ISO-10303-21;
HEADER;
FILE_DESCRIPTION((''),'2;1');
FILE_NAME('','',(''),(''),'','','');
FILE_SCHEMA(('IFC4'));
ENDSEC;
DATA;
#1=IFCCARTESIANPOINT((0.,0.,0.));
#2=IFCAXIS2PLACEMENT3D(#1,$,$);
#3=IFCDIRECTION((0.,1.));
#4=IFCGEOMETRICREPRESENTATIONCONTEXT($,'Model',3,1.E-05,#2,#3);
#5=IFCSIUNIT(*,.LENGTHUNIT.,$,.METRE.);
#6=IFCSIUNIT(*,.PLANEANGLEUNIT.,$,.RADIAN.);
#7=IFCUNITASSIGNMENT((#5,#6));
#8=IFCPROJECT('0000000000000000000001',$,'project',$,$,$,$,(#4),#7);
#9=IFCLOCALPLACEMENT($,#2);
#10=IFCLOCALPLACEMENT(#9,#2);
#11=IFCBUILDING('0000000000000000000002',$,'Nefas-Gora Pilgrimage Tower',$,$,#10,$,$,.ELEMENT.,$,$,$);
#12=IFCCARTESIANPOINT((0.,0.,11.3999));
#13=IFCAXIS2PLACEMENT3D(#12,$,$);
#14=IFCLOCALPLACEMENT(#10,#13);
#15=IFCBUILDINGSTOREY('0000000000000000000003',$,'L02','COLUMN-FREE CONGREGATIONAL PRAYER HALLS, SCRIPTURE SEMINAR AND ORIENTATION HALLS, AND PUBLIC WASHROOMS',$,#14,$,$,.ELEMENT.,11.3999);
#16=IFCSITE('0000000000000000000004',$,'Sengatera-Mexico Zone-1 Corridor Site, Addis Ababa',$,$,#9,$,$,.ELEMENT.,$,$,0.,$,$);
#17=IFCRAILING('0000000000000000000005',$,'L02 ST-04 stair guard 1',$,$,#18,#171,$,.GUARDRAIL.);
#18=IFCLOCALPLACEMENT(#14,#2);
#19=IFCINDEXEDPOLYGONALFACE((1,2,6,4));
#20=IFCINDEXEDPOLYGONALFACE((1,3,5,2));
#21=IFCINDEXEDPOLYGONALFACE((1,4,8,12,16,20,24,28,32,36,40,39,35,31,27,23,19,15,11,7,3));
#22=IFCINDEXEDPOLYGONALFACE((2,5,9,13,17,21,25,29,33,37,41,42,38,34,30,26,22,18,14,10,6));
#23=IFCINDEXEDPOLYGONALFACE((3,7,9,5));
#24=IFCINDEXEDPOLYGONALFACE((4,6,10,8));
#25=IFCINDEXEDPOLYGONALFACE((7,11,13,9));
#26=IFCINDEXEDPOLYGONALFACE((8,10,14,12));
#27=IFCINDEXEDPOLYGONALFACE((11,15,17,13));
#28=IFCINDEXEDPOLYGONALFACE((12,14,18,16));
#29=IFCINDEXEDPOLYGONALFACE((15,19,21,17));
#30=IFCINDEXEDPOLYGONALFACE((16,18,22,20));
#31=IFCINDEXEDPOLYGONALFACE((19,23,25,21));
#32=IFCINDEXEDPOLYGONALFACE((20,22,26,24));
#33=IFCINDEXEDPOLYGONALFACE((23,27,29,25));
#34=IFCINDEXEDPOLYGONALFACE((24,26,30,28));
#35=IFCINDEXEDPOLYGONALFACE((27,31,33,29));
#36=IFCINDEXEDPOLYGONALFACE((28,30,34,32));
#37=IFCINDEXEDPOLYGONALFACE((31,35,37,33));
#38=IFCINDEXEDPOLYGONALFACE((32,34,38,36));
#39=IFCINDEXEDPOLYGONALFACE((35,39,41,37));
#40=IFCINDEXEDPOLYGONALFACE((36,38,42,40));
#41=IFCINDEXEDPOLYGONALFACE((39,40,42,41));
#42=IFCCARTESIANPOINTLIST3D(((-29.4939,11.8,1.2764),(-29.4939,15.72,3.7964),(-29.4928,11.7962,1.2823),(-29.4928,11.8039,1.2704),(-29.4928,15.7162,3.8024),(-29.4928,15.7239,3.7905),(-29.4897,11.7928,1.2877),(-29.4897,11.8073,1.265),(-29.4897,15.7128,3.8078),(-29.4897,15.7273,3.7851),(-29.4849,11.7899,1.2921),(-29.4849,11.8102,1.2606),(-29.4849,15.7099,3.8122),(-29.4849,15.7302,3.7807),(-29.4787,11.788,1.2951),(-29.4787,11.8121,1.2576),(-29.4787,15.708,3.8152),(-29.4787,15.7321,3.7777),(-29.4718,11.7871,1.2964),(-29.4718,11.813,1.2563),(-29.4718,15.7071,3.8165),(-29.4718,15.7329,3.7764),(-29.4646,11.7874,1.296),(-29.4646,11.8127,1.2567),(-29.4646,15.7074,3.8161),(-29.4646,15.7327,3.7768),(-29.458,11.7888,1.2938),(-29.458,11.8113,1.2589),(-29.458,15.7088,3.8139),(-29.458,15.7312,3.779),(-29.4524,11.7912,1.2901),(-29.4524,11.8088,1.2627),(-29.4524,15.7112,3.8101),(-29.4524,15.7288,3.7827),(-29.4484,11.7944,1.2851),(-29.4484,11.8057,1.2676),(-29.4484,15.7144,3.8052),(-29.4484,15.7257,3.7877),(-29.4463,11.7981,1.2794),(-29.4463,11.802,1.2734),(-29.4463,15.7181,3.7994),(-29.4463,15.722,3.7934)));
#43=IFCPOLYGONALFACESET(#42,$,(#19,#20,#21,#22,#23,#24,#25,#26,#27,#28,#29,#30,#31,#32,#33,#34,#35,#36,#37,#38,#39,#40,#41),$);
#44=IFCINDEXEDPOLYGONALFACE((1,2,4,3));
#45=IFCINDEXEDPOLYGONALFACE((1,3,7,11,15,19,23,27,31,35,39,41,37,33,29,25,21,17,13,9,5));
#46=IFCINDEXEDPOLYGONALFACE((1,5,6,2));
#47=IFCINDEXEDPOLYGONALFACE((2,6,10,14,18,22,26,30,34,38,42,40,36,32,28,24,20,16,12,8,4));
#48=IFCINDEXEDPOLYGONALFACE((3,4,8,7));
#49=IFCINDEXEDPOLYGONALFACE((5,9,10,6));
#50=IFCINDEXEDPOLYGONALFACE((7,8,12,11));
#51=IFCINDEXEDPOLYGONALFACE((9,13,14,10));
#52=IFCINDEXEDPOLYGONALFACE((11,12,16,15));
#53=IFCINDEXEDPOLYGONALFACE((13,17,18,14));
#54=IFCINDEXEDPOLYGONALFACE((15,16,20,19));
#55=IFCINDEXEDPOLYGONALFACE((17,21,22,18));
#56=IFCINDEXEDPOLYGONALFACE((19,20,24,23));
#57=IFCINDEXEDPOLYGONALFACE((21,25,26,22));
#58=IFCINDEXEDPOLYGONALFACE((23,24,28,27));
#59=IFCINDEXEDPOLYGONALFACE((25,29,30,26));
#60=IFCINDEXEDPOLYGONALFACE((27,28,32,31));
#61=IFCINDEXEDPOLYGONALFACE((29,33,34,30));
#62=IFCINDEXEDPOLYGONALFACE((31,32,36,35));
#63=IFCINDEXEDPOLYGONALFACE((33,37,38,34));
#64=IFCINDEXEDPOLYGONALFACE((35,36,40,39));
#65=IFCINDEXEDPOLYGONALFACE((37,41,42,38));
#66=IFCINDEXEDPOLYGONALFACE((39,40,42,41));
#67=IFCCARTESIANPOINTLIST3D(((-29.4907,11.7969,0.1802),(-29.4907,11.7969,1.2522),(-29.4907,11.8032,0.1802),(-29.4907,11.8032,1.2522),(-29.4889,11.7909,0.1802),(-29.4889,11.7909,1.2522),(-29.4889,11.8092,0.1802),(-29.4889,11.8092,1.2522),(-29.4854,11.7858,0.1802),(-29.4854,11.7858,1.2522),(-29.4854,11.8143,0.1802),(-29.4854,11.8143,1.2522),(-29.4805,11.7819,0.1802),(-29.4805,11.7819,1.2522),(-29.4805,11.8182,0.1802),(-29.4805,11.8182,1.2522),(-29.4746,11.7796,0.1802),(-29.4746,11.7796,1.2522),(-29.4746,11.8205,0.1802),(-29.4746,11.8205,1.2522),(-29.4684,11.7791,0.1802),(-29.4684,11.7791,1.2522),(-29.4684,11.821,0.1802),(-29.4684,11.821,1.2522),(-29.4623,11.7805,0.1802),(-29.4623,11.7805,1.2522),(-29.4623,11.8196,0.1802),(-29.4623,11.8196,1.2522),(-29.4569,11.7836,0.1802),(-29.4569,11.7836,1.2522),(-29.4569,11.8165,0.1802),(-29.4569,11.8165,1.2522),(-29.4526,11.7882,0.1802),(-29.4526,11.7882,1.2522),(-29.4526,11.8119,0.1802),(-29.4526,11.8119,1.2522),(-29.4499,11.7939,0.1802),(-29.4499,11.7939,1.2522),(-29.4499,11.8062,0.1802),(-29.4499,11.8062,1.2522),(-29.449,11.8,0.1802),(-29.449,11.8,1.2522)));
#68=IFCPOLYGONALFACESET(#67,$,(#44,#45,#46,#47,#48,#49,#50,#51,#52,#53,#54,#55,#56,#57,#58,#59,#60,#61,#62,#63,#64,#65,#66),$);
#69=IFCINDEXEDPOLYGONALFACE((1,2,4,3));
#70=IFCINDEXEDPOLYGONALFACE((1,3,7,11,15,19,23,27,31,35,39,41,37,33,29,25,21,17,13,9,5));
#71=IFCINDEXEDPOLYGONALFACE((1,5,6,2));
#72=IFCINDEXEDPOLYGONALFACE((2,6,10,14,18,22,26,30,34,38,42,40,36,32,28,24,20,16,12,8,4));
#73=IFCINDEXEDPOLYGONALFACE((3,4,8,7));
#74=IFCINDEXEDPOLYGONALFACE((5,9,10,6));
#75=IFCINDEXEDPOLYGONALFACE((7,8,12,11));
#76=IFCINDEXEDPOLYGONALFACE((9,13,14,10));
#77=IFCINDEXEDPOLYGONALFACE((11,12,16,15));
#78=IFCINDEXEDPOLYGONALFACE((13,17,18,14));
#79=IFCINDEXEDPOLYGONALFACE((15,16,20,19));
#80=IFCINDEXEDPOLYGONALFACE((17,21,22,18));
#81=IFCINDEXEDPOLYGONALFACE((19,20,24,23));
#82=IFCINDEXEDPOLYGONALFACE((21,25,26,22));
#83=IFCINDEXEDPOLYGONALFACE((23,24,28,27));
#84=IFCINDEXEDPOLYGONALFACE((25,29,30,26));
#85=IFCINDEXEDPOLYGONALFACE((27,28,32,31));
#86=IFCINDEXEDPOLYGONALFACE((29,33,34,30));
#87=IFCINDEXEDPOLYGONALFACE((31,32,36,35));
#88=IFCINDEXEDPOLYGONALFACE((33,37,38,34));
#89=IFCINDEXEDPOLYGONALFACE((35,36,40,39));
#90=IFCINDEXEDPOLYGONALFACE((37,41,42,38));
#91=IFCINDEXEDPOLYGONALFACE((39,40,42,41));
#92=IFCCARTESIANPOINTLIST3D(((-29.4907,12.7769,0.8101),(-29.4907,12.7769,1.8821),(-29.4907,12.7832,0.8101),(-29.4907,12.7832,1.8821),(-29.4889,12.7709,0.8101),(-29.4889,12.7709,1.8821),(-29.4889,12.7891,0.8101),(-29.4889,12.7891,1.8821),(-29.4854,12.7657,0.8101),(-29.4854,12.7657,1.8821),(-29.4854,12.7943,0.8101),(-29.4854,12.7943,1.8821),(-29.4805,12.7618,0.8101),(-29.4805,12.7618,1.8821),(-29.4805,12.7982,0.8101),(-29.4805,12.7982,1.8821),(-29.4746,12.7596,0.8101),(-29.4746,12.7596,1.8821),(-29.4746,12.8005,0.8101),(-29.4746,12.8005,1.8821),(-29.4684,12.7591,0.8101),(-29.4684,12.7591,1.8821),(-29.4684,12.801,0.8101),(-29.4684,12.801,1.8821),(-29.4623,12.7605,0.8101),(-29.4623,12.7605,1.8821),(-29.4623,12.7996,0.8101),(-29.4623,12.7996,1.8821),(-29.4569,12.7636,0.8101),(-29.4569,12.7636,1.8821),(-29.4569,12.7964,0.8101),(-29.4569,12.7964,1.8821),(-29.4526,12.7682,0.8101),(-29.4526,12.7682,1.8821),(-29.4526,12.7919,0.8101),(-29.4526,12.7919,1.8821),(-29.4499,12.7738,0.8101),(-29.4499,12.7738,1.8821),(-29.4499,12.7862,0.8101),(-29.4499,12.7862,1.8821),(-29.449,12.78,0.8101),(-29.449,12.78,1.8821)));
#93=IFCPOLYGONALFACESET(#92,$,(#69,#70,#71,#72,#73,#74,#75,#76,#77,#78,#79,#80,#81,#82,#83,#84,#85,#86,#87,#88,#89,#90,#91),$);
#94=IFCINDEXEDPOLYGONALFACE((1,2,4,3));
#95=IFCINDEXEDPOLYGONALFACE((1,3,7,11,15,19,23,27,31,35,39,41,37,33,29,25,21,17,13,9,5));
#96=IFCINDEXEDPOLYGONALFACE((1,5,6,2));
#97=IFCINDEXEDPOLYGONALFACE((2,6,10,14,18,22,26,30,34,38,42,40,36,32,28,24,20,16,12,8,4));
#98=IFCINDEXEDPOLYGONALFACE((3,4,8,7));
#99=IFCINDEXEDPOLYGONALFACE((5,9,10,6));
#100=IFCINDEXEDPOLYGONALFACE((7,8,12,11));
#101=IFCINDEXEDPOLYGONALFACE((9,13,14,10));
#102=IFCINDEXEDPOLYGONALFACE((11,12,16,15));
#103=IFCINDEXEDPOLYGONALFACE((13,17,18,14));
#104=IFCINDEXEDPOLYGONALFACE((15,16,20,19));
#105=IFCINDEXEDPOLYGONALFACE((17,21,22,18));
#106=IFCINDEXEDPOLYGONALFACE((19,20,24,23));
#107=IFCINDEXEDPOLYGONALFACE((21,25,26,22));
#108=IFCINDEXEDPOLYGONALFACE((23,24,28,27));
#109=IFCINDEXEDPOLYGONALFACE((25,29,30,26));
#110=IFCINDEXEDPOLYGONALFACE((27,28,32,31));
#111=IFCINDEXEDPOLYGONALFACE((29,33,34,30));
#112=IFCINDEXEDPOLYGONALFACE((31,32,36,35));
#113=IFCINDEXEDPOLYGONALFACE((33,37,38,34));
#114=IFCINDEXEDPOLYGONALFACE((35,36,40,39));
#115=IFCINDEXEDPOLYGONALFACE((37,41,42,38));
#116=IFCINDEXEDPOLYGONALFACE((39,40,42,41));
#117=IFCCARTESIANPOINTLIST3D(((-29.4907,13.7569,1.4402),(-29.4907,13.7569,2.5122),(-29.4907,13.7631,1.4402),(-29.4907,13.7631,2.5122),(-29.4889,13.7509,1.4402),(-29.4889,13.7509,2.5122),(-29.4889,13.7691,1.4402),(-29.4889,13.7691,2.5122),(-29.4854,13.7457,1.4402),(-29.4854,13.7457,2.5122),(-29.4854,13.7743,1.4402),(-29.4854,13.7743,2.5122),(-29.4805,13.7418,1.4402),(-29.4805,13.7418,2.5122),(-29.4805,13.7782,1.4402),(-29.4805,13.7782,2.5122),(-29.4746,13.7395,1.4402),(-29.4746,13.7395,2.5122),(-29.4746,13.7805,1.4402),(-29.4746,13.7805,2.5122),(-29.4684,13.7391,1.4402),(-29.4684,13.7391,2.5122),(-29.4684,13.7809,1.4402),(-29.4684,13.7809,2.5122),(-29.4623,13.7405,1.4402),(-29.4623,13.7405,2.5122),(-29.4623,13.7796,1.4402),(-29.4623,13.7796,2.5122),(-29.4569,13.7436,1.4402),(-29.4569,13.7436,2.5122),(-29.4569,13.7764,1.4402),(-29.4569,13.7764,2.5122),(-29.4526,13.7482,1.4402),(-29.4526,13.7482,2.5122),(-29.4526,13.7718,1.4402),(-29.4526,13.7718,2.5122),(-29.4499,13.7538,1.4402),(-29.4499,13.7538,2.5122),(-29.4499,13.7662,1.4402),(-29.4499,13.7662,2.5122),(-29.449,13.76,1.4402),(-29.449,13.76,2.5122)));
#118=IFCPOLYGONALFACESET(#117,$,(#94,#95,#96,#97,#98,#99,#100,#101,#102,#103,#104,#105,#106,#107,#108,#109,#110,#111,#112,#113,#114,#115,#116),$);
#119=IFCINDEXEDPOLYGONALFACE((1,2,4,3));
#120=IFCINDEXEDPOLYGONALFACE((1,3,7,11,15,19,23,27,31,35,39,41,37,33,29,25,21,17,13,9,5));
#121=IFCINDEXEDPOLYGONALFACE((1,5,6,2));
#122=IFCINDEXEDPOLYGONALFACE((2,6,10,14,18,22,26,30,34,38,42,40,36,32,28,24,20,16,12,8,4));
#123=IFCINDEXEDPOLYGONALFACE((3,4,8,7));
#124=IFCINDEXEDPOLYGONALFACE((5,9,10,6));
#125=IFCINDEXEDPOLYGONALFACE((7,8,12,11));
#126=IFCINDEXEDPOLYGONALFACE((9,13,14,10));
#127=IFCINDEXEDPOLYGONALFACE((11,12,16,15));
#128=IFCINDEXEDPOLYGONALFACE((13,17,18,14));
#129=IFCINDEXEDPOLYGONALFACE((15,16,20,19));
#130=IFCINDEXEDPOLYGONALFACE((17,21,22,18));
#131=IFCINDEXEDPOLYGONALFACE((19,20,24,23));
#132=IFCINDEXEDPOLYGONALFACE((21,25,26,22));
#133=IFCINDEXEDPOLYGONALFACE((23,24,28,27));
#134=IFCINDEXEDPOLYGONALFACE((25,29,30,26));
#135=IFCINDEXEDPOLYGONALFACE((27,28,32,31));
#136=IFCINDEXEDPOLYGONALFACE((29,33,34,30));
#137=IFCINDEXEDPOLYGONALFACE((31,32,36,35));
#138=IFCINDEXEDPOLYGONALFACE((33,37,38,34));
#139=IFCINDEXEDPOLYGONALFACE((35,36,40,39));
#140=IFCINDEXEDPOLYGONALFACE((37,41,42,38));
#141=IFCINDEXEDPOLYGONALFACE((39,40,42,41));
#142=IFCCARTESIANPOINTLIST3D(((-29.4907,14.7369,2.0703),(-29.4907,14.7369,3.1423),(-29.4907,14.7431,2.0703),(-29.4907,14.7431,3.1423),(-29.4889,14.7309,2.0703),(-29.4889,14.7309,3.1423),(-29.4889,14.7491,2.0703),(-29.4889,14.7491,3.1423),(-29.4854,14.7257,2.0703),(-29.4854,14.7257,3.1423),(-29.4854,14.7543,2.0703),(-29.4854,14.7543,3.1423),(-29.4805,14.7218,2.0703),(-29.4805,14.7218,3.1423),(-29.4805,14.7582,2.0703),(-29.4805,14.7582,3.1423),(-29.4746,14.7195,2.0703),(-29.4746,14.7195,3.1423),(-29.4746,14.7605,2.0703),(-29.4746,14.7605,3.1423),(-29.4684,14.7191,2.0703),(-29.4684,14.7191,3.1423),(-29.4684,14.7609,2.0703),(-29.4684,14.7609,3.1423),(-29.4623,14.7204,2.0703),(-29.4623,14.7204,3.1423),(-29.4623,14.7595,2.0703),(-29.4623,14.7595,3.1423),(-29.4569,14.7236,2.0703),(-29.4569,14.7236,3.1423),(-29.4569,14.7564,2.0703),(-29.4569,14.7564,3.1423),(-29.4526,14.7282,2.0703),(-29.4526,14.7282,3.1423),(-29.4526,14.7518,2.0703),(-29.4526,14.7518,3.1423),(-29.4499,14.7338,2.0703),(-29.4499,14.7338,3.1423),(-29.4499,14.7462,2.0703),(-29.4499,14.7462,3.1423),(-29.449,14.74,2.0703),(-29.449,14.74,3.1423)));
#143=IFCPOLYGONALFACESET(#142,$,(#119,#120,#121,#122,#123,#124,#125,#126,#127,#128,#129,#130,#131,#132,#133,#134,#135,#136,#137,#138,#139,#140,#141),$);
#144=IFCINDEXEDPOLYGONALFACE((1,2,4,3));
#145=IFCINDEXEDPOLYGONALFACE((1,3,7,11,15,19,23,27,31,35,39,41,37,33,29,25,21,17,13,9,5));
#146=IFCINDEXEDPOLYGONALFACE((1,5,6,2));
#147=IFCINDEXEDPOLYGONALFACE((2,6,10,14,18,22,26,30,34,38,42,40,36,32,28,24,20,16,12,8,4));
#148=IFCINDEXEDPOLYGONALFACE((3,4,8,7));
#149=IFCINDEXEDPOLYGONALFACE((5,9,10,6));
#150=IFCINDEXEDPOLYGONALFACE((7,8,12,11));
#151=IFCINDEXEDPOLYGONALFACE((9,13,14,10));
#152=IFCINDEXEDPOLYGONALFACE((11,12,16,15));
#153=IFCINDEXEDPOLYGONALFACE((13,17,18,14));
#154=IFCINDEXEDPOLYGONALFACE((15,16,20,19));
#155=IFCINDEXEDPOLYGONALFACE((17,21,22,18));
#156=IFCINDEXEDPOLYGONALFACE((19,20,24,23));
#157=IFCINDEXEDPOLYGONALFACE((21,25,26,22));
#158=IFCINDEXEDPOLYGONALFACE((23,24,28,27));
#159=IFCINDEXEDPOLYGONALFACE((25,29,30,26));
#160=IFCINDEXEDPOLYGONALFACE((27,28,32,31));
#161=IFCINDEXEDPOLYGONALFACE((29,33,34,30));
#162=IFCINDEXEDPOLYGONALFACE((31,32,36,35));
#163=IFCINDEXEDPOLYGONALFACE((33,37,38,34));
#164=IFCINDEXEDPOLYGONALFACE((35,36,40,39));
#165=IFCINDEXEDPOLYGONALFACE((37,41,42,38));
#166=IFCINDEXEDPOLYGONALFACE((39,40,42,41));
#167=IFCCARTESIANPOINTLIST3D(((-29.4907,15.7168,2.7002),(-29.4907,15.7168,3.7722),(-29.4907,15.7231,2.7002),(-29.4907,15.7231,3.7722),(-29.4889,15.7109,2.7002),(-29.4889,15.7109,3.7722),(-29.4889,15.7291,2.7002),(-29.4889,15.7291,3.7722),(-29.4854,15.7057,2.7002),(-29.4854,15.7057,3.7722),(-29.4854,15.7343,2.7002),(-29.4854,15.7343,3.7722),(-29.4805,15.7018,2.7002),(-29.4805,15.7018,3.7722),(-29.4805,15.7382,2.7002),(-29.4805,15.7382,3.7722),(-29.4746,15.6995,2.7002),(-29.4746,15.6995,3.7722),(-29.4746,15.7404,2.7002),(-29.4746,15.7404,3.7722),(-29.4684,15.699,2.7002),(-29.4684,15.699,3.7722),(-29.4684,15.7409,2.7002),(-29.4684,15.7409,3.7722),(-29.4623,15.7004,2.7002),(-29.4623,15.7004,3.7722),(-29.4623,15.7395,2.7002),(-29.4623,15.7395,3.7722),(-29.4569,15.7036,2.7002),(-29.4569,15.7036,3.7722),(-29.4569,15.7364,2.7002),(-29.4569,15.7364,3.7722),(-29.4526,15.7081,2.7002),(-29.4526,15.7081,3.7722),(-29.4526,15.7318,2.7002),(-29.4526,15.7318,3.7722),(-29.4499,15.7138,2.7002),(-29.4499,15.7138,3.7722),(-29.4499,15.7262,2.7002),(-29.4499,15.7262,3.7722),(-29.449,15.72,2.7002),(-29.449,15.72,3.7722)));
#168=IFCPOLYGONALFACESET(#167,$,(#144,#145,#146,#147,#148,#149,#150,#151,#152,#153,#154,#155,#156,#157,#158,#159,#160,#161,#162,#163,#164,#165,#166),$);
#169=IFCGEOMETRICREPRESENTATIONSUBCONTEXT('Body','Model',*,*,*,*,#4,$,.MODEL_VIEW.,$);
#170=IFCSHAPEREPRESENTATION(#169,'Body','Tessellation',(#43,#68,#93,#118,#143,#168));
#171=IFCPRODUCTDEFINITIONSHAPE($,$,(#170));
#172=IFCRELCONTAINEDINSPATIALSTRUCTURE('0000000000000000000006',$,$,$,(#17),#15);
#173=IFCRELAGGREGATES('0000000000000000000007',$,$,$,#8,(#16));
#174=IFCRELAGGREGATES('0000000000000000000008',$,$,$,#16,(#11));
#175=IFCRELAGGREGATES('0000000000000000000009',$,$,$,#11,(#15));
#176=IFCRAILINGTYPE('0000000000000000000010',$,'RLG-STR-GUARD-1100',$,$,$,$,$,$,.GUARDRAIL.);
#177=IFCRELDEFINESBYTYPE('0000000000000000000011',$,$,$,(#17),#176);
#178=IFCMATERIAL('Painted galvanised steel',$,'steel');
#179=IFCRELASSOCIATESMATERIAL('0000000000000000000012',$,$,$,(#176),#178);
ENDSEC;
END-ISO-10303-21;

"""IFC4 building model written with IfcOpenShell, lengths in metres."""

from ifc_helpers import new_model, si_unit, direction, frame, origin, origin_2d, place, context, subcontext, project, spatial, circle, extrude, material, type_object, element, save


model = new_model("IFC4")

# Units and contexts
model_context = context("Model", 3, precision=1e-05, world=origin(), true_north=direction((0.0, 1.0)))
body_context = subcontext(model_context, "Body", "Model", "MODEL_VIEW")
ifc_project = project(units=[si_unit("LENGTHUNIT", "METRE"), si_unit("PLANEANGLEUNIT", "RADIAN")], contexts=[model_context])

# Site, building, storey
site_placement = place(None, origin())
site = spatial("IfcSite", under=ifc_project, at=site_placement, Name="Sengatera-Mexico Zone-1 Corridor Site, Addis Ababa", CompositionType="ELEMENT", RefElevation=0.0)
building_placement = place(site_placement, origin())
building = spatial("IfcBuilding", under=site, at=building_placement, Name="Nefas-Gora Pilgrimage Tower", CompositionType="ELEMENT")
storey_placement = place(building_placement, frame((0.0, 0.0, 11.3999)))
storey = spatial("IfcBuildingStorey", under=building, at=storey_placement, Name="L02", Description="COLUMN-FREE CONGREGATIONAL PRAYER HALLS, SCRIPTURE SEMINAR AND ORIENTATION HALLS, AND PUBLIC WASHROOMS", CompositionType="ELEMENT", Elevation=11.3999)

# Railing
ifc_material_1 = material(Name="Painted galvanised steel", Category="steel")
railing_type_1 = type_object("IfcRailingType", Name="RLG-STR-GUARD-1100", PredefinedType="GUARDRAIL", material=ifc_material_1)
railing_1_placement = place(storey_placement, frame((-29.47, 11.8, 0.1802)))
element("IfcRailing", 1, at=railing_1_placement, inside=storey, type_object=railing_type_1, Name="L02 ST-04 stair guard 1", PredefinedType="GUARDRAIL", context=body_context, shape_type="SweptSolid", body=[
    extrude(circle(Radius=0.0239, at=origin_2d()), frame((0.0, 0.0, 1.0962), z_axis=(0.0, 0.841172, 0.540768), x_axis=(-1.0, 0.0, 0.0)), (0.0, 0.0, 1.0), 4.6602),
    extrude(circle(Radius=0.021, at=origin_2d()), origin(), (0.0, 0.0, 1.0), 1.072),
    extrude(circle(Radius=0.021, at=origin_2d()), frame((0.0, 0.98, 0.6299)), (0.0, 0.0, 1.0), 1.072),
    extrude(circle(Radius=0.021, at=origin_2d()), frame((0.0, 1.96, 1.26)), (0.0, 0.0, 1.0), 1.072),
    extrude(circle(Radius=0.021, at=origin_2d()), frame((0.0, 2.9399, 1.8901)), (0.0, 0.0, 1.0), 1.072),
    extrude(circle(Radius=0.021, at=origin_2d()), frame((0.0, 3.9199, 2.52)), (0.0, 0.0, 1.0), 1.072),
])

save(model, "model.ifc")
